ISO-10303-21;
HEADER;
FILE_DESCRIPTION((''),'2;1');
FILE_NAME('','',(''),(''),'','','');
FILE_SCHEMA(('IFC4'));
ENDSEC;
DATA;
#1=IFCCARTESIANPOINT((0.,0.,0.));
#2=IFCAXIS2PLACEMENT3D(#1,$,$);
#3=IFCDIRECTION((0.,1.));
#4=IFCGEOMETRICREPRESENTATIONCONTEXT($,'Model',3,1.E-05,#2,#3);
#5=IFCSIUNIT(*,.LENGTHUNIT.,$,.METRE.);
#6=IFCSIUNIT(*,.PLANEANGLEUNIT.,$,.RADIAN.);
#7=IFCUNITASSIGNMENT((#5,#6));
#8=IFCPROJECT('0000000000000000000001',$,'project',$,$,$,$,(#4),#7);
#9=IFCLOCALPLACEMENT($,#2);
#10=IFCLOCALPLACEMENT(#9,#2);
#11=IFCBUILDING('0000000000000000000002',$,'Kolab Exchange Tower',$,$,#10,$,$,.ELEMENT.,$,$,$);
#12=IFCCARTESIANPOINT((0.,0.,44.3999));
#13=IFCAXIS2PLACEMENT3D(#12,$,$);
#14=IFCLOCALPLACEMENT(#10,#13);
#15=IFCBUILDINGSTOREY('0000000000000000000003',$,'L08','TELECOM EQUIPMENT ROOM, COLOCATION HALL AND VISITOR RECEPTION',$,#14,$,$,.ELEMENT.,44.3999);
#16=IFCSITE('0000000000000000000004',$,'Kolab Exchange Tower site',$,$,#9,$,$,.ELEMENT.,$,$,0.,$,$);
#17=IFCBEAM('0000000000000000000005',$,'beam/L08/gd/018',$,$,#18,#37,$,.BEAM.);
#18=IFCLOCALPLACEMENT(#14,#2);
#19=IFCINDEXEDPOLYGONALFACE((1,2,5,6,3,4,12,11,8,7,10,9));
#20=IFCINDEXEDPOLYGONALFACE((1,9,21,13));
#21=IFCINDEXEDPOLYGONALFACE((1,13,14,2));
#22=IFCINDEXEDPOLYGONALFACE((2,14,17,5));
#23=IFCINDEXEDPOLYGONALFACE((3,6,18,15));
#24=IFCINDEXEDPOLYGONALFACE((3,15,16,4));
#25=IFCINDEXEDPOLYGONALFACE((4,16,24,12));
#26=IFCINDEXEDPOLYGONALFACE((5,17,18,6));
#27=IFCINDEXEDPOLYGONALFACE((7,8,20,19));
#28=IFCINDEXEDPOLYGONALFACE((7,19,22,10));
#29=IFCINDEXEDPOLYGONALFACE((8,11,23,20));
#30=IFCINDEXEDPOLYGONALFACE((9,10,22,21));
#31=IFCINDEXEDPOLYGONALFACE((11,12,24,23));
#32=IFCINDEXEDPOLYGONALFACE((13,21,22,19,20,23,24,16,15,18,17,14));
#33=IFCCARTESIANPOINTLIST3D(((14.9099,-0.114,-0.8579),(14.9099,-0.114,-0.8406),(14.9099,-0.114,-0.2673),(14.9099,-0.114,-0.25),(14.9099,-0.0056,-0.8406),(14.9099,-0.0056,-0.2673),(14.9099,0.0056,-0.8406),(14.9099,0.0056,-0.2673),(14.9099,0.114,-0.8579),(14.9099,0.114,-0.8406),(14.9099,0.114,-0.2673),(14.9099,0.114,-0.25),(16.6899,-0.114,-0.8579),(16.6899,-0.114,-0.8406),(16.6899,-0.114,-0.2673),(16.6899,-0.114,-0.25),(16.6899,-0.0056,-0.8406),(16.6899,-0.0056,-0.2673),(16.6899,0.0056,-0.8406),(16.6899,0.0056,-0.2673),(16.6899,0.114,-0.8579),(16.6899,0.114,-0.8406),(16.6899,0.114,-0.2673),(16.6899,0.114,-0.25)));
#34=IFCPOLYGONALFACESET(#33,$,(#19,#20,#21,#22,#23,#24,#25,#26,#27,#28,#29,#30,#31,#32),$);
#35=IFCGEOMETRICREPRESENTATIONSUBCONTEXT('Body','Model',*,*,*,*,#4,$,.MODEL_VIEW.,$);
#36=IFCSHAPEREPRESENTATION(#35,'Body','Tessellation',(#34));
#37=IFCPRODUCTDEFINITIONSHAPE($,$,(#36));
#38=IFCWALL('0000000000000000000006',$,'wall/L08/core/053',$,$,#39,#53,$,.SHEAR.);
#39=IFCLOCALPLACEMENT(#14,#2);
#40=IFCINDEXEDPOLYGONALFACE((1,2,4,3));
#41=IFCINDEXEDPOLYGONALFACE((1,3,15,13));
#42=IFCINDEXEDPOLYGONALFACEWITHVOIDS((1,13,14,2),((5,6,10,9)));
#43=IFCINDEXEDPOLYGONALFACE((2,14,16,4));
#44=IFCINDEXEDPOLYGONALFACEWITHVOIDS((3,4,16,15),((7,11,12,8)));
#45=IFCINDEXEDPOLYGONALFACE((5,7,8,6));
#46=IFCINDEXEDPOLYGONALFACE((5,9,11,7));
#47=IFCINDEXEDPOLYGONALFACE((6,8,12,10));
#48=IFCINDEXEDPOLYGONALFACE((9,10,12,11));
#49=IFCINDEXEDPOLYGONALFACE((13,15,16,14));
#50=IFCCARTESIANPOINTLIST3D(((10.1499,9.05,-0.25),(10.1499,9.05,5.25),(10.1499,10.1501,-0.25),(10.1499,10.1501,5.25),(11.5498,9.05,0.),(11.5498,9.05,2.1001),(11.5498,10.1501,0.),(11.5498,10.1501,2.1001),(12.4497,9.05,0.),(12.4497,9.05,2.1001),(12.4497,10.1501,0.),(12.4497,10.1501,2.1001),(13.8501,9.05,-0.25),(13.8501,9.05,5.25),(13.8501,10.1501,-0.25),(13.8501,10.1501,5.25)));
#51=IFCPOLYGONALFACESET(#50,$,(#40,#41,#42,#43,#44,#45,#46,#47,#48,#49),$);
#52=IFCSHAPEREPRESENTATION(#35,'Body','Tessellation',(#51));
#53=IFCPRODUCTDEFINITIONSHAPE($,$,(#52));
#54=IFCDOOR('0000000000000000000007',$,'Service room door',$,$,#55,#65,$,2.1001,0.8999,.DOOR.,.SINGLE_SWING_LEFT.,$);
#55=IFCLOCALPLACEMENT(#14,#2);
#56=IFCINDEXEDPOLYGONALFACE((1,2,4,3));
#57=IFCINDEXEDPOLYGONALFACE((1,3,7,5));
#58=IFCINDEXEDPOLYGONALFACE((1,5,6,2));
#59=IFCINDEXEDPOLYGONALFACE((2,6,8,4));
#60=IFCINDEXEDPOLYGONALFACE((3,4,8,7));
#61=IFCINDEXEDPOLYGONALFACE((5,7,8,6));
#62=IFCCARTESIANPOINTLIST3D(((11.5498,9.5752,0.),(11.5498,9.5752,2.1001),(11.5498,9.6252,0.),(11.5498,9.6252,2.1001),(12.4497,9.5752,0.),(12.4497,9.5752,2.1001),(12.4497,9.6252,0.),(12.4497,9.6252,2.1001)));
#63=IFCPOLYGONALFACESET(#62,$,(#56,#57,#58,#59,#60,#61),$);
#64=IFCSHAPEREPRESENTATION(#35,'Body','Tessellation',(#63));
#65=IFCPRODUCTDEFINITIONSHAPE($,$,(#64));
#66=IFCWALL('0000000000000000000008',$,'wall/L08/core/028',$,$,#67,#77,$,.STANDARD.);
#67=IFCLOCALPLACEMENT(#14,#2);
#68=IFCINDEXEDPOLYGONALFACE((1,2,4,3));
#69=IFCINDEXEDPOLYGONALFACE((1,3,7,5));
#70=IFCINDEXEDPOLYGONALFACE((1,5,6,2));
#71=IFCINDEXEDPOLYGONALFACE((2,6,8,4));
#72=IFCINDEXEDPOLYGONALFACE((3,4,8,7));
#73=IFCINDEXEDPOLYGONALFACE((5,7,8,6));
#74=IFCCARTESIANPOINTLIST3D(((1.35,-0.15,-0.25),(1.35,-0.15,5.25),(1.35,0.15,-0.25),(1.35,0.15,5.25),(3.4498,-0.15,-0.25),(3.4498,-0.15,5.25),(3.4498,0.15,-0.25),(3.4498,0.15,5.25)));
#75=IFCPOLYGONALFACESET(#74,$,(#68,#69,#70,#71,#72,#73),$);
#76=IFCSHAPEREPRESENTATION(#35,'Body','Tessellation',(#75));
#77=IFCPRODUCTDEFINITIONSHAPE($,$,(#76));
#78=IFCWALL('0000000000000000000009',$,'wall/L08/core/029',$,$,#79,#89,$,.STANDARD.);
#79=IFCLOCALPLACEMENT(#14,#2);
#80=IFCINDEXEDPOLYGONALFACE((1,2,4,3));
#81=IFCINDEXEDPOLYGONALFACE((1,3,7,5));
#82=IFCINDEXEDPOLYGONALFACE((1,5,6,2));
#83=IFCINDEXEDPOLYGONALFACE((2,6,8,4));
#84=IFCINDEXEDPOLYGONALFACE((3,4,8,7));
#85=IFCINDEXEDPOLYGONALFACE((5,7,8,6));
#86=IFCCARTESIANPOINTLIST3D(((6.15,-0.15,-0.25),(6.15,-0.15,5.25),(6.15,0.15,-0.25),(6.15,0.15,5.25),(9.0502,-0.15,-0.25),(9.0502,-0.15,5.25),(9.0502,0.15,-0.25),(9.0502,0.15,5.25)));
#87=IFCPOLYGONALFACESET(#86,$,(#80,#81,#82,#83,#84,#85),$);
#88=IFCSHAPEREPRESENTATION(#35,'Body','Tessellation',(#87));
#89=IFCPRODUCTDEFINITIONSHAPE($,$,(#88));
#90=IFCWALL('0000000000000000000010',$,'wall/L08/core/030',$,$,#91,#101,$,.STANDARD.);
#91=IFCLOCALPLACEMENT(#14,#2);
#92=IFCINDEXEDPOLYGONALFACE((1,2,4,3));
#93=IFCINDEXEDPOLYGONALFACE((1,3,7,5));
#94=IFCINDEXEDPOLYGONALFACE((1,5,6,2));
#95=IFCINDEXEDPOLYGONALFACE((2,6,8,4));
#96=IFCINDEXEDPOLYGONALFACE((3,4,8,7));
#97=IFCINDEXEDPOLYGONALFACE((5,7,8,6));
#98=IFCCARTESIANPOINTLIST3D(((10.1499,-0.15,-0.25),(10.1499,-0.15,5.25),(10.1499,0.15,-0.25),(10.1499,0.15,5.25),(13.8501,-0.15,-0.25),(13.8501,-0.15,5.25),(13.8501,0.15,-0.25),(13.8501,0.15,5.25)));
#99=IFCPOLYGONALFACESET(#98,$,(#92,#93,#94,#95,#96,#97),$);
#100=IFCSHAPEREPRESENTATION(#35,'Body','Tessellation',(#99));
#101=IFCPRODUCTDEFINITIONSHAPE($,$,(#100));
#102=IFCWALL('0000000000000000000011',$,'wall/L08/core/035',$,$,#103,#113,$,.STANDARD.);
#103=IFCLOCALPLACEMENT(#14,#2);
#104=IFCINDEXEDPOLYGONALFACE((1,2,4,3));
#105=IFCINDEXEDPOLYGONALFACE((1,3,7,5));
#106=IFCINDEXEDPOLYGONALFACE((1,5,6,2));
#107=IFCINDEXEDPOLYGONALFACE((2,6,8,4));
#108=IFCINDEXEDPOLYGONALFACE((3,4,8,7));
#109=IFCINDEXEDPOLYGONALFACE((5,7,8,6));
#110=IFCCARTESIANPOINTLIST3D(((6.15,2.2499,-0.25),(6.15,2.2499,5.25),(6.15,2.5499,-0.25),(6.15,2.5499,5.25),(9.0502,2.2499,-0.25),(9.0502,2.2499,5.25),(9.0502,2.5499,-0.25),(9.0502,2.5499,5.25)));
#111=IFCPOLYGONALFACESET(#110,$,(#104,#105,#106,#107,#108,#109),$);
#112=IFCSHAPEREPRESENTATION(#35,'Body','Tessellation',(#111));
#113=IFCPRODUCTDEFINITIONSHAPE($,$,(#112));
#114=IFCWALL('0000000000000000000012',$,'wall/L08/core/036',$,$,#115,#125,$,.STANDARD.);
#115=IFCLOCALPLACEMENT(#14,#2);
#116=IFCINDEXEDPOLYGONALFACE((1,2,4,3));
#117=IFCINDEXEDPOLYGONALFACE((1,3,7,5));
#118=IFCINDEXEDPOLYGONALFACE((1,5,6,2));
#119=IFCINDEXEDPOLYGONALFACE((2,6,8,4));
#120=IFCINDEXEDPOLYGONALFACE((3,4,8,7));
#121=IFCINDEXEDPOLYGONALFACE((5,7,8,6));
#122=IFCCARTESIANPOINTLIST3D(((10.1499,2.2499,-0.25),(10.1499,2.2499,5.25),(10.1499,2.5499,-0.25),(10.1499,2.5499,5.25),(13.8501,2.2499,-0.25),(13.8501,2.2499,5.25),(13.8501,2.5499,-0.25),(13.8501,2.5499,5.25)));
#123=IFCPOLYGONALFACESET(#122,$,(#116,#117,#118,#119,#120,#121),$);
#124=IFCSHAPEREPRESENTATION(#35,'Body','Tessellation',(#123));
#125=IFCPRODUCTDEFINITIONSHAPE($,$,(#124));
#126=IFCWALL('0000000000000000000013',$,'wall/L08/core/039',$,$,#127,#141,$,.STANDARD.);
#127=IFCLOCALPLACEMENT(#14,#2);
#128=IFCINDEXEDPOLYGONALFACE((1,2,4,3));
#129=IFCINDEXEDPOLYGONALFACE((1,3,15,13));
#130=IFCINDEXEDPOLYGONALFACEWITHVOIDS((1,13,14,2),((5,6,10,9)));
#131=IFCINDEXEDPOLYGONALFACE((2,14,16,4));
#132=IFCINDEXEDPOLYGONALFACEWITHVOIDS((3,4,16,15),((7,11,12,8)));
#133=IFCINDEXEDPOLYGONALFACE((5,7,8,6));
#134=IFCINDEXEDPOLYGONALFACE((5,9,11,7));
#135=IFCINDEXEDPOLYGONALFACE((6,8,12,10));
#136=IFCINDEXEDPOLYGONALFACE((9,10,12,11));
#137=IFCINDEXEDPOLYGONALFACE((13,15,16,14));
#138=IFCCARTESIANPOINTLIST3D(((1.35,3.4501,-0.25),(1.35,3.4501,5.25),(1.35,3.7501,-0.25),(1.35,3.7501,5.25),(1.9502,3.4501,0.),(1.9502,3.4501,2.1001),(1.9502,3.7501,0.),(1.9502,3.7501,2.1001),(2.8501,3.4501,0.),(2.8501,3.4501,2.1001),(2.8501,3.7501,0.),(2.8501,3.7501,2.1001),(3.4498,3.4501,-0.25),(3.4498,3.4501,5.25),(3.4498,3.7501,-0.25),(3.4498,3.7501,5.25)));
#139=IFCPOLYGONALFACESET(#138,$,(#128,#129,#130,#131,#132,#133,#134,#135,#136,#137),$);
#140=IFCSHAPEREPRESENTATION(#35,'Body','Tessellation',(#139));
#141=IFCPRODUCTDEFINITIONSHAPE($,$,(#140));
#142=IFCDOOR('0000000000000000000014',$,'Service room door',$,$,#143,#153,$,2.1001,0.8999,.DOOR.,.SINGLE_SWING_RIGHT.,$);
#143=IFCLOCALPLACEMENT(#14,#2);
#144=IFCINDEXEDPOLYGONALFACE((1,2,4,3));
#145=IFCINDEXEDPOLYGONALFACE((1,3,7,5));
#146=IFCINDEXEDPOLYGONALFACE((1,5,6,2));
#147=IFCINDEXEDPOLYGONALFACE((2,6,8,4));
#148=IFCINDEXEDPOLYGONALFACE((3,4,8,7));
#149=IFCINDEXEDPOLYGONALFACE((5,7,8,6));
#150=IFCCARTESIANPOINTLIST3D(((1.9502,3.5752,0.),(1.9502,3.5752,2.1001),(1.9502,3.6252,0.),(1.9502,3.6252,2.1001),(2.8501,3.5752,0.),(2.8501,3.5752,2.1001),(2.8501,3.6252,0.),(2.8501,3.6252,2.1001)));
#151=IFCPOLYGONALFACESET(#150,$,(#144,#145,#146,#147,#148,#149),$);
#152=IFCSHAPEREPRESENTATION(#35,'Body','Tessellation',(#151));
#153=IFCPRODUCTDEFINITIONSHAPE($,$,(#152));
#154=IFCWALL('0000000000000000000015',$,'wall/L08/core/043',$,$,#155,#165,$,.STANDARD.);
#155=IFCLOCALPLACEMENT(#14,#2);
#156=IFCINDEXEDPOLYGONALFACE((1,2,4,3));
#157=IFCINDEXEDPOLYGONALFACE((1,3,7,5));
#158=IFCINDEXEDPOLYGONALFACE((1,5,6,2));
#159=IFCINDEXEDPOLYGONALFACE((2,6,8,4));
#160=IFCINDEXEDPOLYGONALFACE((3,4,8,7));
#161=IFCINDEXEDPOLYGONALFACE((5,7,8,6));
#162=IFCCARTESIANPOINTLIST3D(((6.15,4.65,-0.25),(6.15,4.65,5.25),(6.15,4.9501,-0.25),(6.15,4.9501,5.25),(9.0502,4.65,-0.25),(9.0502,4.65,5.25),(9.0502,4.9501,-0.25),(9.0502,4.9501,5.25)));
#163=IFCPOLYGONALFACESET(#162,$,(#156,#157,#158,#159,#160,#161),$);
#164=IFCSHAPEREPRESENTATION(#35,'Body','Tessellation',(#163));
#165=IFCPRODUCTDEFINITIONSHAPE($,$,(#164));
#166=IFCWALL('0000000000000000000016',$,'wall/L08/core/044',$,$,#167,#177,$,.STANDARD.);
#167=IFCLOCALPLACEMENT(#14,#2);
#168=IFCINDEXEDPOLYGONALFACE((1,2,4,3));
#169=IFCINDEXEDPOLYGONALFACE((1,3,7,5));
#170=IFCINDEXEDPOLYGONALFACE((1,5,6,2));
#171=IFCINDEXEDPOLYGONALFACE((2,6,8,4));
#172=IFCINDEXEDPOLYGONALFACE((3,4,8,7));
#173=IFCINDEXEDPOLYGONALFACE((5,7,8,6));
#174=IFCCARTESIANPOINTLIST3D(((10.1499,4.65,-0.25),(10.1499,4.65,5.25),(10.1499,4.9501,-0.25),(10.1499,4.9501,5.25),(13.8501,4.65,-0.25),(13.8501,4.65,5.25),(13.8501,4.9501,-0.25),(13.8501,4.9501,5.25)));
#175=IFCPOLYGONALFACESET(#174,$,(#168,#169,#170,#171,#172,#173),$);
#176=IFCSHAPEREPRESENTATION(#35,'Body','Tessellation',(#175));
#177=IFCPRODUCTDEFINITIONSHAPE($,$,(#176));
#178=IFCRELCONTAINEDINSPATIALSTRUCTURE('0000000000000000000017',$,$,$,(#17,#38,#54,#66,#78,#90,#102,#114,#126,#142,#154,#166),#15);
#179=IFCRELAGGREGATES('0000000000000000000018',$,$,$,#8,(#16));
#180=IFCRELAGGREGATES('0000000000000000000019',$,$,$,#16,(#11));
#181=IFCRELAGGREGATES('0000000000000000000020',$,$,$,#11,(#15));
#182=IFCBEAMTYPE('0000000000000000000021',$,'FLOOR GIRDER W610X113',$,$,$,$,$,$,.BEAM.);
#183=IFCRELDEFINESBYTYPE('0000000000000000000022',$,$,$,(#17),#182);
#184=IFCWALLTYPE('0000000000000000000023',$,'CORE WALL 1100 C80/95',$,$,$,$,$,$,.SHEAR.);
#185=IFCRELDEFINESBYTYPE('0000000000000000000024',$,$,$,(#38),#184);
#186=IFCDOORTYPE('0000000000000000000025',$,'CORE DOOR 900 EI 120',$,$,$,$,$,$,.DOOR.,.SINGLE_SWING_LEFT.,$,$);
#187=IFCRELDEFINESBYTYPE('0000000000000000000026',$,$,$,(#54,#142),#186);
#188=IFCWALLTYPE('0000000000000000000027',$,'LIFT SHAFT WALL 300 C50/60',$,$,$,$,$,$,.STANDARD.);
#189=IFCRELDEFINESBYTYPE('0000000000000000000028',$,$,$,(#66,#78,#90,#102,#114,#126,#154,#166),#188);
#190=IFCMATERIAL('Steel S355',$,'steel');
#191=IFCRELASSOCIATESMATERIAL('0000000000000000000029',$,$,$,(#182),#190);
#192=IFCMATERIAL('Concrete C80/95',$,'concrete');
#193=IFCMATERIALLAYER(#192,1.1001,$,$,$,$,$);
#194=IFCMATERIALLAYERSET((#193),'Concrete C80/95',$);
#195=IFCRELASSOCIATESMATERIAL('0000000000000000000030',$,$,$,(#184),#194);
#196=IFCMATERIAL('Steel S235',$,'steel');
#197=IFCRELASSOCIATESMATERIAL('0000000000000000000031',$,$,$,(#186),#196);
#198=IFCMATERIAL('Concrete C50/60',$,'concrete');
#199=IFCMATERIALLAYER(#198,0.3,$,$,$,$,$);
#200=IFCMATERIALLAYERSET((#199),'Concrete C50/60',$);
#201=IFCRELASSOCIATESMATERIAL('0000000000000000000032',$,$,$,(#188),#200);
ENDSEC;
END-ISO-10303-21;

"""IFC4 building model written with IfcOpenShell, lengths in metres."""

from ifc_helpers import new_model, si_unit, direction, frame, frame_2d, origin, origin_2d, place, context, subcontext, project, spatial, rectangle, i_section, extrude, material, layer, layer_set, material_profile, profile_set, type_object, element, fill, save


model = new_model("IFC4")

# Units and contexts
model_context = context("Model", 3, precision=1e-05, world=origin(), true_north=direction((0.0, 1.0)))
body_context = subcontext(model_context, "Body", "Model", "MODEL_VIEW")
ifc_project = project(units=[si_unit("LENGTHUNIT", "METRE"), si_unit("PLANEANGLEUNIT", "RADIAN")], contexts=[model_context])

# Site, building, storey
site_placement = place(None, origin())
site = spatial("IfcSite", under=ifc_project, at=site_placement, Name="Kolab Exchange Tower site", CompositionType="ELEMENT", RefElevation=0.0)
building_placement = place(site_placement, origin())
building = spatial("IfcBuilding", under=site, at=building_placement, Name="Kolab Exchange Tower", CompositionType="ELEMENT")
storey_placement = place(building_placement, frame((0.0, 0.0, 44.3999)))
storey = spatial("IfcBuildingStorey", under=building, at=storey_placement, Name="L08", Description="TELECOM EQUIPMENT ROOM, COLOCATION HALL AND VISITOR RECEPTION", CompositionType="ELEMENT", Elevation=44.3999)

# Beam
ifc_material_1 = material(Name="Steel S355", Category="steel")
ifc_material_profile = material_profile(ifc_material_1, i_section(OverallWidth=0.228, OverallDepth=0.6079, WebThickness=0.0112, FlangeThickness=0.0173, at=origin_2d()), Name="W610X113")
ifc_profile_set = profile_set([ifc_material_profile], Name="Steel S355")
beam_type = type_object("IfcBeamType", Name="FLOOR GIRDER W610X113", PredefinedType="BEAM", material=ifc_profile_set)
beam_placement = place(storey_placement, frame((14.9099, 0.0, -0.554), z_axis=(1.0, 0.0, 0.0), x_axis=(0.0, 1.0, 0.0)))
element("IfcBeam", 1, at=beam_placement, inside=storey, type_object=beam_type, Name="beam/L08/gd/018", PredefinedType="BEAM", context=body_context, shape_type="SweptSolid", body=[
    extrude(i_section(OverallWidth=0.228, OverallDepth=0.6079, WebThickness=0.0112, FlangeThickness=0.0173, at=origin_2d()), origin(), (0.0, 0.0, 1.0), 1.78),
])

# Wall, opening, door
ifc_material_2 = material(Name="Concrete C80/95", Category="concrete")
ifc_layer_1 = layer(ifc_material_2, 1.1001)
ifc_layer_set_1 = layer_set([ifc_layer_1], Name="Concrete C80/95")
wall_type_1 = type_object("IfcWallType", Name="CORE WALL 1100 C80/95", PredefinedType="SHEAR", material=ifc_layer_set_1)
wall_1_placement = place(storey_placement, frame((10.1499, 9.6001, -0.25), z_axis=(0.0, 0.0, 1.0), x_axis=(1.0, 0.0, 0.0)))
wall_1 = element("IfcWall", 2, at=wall_1_placement, inside=storey, type_object=wall_type_1, Name="wall/L08/core/053", PredefinedType="SHEAR", context=body_context, shape_type="SweptSolid", body=[
    extrude(rectangle(XDim=3.7002, YDim=1.1001, at=frame_2d((1.8501, 0.0))), origin(), (0.0, 0.0, 1.0), 5.5),
])
opening_1_placement = place(wall_1_placement, frame((1.3999, 0.0, 0.25)))
opening_1 = element("IfcOpeningElement", 3, at=opening_1_placement, cuts=wall_1, PredefinedType="OPENING", context=body_context, shape_type="SweptSolid", body=[
    extrude(rectangle(XDim=0.8999, YDim=2.1001, at=frame_2d((0.45, 1.05))), frame((0.0, 0.5601, 0.0), z_axis=(0.0, -1.0, 0.0), x_axis=(1.0, 0.0, 0.0)), (0.0, 0.0, 1.0), 1.1201),
])
ifc_material_3 = material(Name="Steel S235", Category="steel")
door_type_1 = type_object("IfcDoorType", Name="CORE DOOR 900 EI 120", OperationType="SINGLE_SWING_LEFT", PredefinedType="DOOR", material=ifc_material_3)
door_1_placement = place(opening_1_placement, frame((0.8999, 0.0, 0.0), z_axis=(0.0, 0.0, 1.0), x_axis=(-1.0, 0.0, 0.0)))
door_1 = element("IfcDoor", 4, at=door_1_placement, inside=storey, type_object=door_type_1, Name="Service room door", OperationType="SINGLE_SWING_LEFT", OverallHeight=2.1001, OverallWidth=0.8999, PredefinedType="DOOR", context=body_context, shape_type="SweptSolid", body=[
    extrude(rectangle(XDim=0.8999, YDim=2.1001, at=frame_2d((0.45, 1.05))), frame((0.0, 0.0249, 0.0), z_axis=(0.0, -1.0, 0.0), x_axis=(1.0, 0.0, 0.0)), (0.0, 0.0, 1.0), 0.05),
])
fill(opening_1, door_1)

# Walls
ifc_material_4 = material(Name="Concrete C50/60", Category="concrete")
ifc_layer_2 = layer(ifc_material_4, 0.3)
ifc_layer_set_2 = layer_set([ifc_layer_2], Name="Concrete C50/60")
wall_type_2 = type_object("IfcWallType", Name="LIFT SHAFT WALL 300 C50/60", PredefinedType="STANDARD", material=ifc_layer_set_2)
wall_2_placement = place(storey_placement, frame((1.3501, 0.0, -0.25), z_axis=(0.0, 0.0, 1.0), x_axis=(1.0, 0.0, 0.0)))
element("IfcWall", 5, at=wall_2_placement, inside=storey, type_object=wall_type_2, Name="wall/L08/core/028", PredefinedType="STANDARD", context=body_context, shape_type="SweptSolid", body=[
    extrude(rectangle(XDim=2.0999, YDim=0.3, at=frame_2d((1.0498, 0.0))), origin(), (0.0, 0.0, 1.0), 5.5),
])
wall_3_placement = place(storey_placement, frame((6.1499, 0.0, -0.25), z_axis=(0.0, 0.0, 1.0), x_axis=(1.0, 0.0, 0.0)))
element("IfcWall", 6, at=wall_3_placement, inside=storey, type_object=wall_type_2, Name="wall/L08/core/029", PredefinedType="STANDARD", context=body_context, shape_type="SweptSolid", body=[
    extrude(rectangle(XDim=2.9001, YDim=0.3, at=frame_2d((1.4502, 0.0))), origin(), (0.0, 0.0, 1.0), 5.5),
])
wall_4_placement = place(storey_placement, frame((10.1499, 0.0, -0.25), z_axis=(0.0, 0.0, 1.0), x_axis=(1.0, 0.0, 0.0)))
element("IfcWall", 7, at=wall_4_placement, inside=storey, type_object=wall_type_2, Name="wall/L08/core/030", PredefinedType="STANDARD", context=body_context, shape_type="SweptSolid", body=[
    extrude(rectangle(XDim=3.7002, YDim=0.3, at=frame_2d((1.8501, 0.0))), origin(), (0.0, 0.0, 1.0), 5.5),
])
wall_5_placement = place(storey_placement, frame((6.1499, 2.3999, -0.25), z_axis=(0.0, 0.0, 1.0), x_axis=(1.0, 0.0, 0.0)))
element("IfcWall", 8, at=wall_5_placement, inside=storey, type_object=wall_type_2, Name="wall/L08/core/035", PredefinedType="STANDARD", context=body_context, shape_type="SweptSolid", body=[
    extrude(rectangle(XDim=2.9001, YDim=0.3, at=frame_2d((1.4502, 0.0))), origin(), (0.0, 0.0, 1.0), 5.5),
])
wall_6_placement = place(storey_placement, frame((10.1499, 2.3999, -0.25), z_axis=(0.0, 0.0, 1.0), x_axis=(1.0, 0.0, 0.0)))
element("IfcWall", 9, at=wall_6_placement, inside=storey, type_object=wall_type_2, Name="wall/L08/core/036", PredefinedType="STANDARD", context=body_context, shape_type="SweptSolid", body=[
    extrude(rectangle(XDim=3.7002, YDim=0.3, at=frame_2d((1.8501, 0.0))), origin(), (0.0, 0.0, 1.0), 5.5),
])

# Wall, opening, door
wall_7_placement = place(storey_placement, frame((1.3501, 3.6001, -0.25), z_axis=(0.0, 0.0, 1.0), x_axis=(1.0, 0.0, 0.0)))
wall_7 = element("IfcWall", 10, at=wall_7_placement, inside=storey, type_object=wall_type_2, Name="wall/L08/core/039", PredefinedType="STANDARD", context=body_context, shape_type="SweptSolid", body=[
    extrude(rectangle(XDim=2.0999, YDim=0.3, at=frame_2d((1.0498, 0.0))), origin(), (0.0, 0.0, 1.0), 5.5),
])
opening_2_placement = place(wall_7_placement, frame((0.6001, 0.0, 0.25)))
opening_2 = element("IfcOpeningElement", 11, at=opening_2_placement, cuts=wall_7, PredefinedType="OPENING", context=body_context, shape_type="SweptSolid", body=[
    extrude(rectangle(XDim=0.8999, YDim=2.1001, at=frame_2d((0.45, 1.05))), frame((0.0, 0.1602, 0.0), z_axis=(0.0, -1.0, 0.0), x_axis=(1.0, 0.0, 0.0)), (0.0, 0.0, 1.0), 0.3201),
])
door_2_placement = place(opening_2_placement, frame((0.8999, 0.0, 0.0), z_axis=(0.0, 0.0, 1.0), x_axis=(-1.0, 0.0, 0.0)))
door_2 = element("IfcDoor", 12, at=door_2_placement, inside=storey, type_object=door_type_1, Name="Service room door", OperationType="SINGLE_SWING_RIGHT", OverallHeight=2.1001, OverallWidth=0.8999, PredefinedType="DOOR", context=body_context, shape_type="SweptSolid", body=[
    extrude(rectangle(XDim=0.8999, YDim=2.1001, at=frame_2d((0.45, 1.05))), frame((0.0, 0.0249, 0.0), z_axis=(0.0, -1.0, 0.0), x_axis=(1.0, 0.0, 0.0)), (0.0, 0.0, 1.0), 0.05),
])
fill(opening_2, door_2)

# Walls
wall_8_placement = place(storey_placement, frame((6.1499, 4.8, -0.25), z_axis=(0.0, 0.0, 1.0), x_axis=(1.0, 0.0, 0.0)))
element("IfcWall", 13, at=wall_8_placement, inside=storey, type_object=wall_type_2, Name="wall/L08/core/043", PredefinedType="STANDARD", context=body_context, shape_type="SweptSolid", body=[
    extrude(rectangle(XDim=2.9001, YDim=0.3, at=frame_2d((1.4502, 0.0))), origin(), (0.0, 0.0, 1.0), 5.5),
])
wall_9_placement = place(storey_placement, frame((10.1499, 4.8, -0.25), z_axis=(0.0, 0.0, 1.0), x_axis=(1.0, 0.0, 0.0)))
element("IfcWall", 14, at=wall_9_placement, inside=storey, type_object=wall_type_2, Name="wall/L08/core/044", PredefinedType="STANDARD", context=body_context, shape_type="SweptSolid", body=[
    extrude(rectangle(XDim=3.7002, YDim=0.3, at=frame_2d((1.8501, 0.0))), origin(), (0.0, 0.0, 1.0), 5.5),
])

save(model, "model.ifc")
